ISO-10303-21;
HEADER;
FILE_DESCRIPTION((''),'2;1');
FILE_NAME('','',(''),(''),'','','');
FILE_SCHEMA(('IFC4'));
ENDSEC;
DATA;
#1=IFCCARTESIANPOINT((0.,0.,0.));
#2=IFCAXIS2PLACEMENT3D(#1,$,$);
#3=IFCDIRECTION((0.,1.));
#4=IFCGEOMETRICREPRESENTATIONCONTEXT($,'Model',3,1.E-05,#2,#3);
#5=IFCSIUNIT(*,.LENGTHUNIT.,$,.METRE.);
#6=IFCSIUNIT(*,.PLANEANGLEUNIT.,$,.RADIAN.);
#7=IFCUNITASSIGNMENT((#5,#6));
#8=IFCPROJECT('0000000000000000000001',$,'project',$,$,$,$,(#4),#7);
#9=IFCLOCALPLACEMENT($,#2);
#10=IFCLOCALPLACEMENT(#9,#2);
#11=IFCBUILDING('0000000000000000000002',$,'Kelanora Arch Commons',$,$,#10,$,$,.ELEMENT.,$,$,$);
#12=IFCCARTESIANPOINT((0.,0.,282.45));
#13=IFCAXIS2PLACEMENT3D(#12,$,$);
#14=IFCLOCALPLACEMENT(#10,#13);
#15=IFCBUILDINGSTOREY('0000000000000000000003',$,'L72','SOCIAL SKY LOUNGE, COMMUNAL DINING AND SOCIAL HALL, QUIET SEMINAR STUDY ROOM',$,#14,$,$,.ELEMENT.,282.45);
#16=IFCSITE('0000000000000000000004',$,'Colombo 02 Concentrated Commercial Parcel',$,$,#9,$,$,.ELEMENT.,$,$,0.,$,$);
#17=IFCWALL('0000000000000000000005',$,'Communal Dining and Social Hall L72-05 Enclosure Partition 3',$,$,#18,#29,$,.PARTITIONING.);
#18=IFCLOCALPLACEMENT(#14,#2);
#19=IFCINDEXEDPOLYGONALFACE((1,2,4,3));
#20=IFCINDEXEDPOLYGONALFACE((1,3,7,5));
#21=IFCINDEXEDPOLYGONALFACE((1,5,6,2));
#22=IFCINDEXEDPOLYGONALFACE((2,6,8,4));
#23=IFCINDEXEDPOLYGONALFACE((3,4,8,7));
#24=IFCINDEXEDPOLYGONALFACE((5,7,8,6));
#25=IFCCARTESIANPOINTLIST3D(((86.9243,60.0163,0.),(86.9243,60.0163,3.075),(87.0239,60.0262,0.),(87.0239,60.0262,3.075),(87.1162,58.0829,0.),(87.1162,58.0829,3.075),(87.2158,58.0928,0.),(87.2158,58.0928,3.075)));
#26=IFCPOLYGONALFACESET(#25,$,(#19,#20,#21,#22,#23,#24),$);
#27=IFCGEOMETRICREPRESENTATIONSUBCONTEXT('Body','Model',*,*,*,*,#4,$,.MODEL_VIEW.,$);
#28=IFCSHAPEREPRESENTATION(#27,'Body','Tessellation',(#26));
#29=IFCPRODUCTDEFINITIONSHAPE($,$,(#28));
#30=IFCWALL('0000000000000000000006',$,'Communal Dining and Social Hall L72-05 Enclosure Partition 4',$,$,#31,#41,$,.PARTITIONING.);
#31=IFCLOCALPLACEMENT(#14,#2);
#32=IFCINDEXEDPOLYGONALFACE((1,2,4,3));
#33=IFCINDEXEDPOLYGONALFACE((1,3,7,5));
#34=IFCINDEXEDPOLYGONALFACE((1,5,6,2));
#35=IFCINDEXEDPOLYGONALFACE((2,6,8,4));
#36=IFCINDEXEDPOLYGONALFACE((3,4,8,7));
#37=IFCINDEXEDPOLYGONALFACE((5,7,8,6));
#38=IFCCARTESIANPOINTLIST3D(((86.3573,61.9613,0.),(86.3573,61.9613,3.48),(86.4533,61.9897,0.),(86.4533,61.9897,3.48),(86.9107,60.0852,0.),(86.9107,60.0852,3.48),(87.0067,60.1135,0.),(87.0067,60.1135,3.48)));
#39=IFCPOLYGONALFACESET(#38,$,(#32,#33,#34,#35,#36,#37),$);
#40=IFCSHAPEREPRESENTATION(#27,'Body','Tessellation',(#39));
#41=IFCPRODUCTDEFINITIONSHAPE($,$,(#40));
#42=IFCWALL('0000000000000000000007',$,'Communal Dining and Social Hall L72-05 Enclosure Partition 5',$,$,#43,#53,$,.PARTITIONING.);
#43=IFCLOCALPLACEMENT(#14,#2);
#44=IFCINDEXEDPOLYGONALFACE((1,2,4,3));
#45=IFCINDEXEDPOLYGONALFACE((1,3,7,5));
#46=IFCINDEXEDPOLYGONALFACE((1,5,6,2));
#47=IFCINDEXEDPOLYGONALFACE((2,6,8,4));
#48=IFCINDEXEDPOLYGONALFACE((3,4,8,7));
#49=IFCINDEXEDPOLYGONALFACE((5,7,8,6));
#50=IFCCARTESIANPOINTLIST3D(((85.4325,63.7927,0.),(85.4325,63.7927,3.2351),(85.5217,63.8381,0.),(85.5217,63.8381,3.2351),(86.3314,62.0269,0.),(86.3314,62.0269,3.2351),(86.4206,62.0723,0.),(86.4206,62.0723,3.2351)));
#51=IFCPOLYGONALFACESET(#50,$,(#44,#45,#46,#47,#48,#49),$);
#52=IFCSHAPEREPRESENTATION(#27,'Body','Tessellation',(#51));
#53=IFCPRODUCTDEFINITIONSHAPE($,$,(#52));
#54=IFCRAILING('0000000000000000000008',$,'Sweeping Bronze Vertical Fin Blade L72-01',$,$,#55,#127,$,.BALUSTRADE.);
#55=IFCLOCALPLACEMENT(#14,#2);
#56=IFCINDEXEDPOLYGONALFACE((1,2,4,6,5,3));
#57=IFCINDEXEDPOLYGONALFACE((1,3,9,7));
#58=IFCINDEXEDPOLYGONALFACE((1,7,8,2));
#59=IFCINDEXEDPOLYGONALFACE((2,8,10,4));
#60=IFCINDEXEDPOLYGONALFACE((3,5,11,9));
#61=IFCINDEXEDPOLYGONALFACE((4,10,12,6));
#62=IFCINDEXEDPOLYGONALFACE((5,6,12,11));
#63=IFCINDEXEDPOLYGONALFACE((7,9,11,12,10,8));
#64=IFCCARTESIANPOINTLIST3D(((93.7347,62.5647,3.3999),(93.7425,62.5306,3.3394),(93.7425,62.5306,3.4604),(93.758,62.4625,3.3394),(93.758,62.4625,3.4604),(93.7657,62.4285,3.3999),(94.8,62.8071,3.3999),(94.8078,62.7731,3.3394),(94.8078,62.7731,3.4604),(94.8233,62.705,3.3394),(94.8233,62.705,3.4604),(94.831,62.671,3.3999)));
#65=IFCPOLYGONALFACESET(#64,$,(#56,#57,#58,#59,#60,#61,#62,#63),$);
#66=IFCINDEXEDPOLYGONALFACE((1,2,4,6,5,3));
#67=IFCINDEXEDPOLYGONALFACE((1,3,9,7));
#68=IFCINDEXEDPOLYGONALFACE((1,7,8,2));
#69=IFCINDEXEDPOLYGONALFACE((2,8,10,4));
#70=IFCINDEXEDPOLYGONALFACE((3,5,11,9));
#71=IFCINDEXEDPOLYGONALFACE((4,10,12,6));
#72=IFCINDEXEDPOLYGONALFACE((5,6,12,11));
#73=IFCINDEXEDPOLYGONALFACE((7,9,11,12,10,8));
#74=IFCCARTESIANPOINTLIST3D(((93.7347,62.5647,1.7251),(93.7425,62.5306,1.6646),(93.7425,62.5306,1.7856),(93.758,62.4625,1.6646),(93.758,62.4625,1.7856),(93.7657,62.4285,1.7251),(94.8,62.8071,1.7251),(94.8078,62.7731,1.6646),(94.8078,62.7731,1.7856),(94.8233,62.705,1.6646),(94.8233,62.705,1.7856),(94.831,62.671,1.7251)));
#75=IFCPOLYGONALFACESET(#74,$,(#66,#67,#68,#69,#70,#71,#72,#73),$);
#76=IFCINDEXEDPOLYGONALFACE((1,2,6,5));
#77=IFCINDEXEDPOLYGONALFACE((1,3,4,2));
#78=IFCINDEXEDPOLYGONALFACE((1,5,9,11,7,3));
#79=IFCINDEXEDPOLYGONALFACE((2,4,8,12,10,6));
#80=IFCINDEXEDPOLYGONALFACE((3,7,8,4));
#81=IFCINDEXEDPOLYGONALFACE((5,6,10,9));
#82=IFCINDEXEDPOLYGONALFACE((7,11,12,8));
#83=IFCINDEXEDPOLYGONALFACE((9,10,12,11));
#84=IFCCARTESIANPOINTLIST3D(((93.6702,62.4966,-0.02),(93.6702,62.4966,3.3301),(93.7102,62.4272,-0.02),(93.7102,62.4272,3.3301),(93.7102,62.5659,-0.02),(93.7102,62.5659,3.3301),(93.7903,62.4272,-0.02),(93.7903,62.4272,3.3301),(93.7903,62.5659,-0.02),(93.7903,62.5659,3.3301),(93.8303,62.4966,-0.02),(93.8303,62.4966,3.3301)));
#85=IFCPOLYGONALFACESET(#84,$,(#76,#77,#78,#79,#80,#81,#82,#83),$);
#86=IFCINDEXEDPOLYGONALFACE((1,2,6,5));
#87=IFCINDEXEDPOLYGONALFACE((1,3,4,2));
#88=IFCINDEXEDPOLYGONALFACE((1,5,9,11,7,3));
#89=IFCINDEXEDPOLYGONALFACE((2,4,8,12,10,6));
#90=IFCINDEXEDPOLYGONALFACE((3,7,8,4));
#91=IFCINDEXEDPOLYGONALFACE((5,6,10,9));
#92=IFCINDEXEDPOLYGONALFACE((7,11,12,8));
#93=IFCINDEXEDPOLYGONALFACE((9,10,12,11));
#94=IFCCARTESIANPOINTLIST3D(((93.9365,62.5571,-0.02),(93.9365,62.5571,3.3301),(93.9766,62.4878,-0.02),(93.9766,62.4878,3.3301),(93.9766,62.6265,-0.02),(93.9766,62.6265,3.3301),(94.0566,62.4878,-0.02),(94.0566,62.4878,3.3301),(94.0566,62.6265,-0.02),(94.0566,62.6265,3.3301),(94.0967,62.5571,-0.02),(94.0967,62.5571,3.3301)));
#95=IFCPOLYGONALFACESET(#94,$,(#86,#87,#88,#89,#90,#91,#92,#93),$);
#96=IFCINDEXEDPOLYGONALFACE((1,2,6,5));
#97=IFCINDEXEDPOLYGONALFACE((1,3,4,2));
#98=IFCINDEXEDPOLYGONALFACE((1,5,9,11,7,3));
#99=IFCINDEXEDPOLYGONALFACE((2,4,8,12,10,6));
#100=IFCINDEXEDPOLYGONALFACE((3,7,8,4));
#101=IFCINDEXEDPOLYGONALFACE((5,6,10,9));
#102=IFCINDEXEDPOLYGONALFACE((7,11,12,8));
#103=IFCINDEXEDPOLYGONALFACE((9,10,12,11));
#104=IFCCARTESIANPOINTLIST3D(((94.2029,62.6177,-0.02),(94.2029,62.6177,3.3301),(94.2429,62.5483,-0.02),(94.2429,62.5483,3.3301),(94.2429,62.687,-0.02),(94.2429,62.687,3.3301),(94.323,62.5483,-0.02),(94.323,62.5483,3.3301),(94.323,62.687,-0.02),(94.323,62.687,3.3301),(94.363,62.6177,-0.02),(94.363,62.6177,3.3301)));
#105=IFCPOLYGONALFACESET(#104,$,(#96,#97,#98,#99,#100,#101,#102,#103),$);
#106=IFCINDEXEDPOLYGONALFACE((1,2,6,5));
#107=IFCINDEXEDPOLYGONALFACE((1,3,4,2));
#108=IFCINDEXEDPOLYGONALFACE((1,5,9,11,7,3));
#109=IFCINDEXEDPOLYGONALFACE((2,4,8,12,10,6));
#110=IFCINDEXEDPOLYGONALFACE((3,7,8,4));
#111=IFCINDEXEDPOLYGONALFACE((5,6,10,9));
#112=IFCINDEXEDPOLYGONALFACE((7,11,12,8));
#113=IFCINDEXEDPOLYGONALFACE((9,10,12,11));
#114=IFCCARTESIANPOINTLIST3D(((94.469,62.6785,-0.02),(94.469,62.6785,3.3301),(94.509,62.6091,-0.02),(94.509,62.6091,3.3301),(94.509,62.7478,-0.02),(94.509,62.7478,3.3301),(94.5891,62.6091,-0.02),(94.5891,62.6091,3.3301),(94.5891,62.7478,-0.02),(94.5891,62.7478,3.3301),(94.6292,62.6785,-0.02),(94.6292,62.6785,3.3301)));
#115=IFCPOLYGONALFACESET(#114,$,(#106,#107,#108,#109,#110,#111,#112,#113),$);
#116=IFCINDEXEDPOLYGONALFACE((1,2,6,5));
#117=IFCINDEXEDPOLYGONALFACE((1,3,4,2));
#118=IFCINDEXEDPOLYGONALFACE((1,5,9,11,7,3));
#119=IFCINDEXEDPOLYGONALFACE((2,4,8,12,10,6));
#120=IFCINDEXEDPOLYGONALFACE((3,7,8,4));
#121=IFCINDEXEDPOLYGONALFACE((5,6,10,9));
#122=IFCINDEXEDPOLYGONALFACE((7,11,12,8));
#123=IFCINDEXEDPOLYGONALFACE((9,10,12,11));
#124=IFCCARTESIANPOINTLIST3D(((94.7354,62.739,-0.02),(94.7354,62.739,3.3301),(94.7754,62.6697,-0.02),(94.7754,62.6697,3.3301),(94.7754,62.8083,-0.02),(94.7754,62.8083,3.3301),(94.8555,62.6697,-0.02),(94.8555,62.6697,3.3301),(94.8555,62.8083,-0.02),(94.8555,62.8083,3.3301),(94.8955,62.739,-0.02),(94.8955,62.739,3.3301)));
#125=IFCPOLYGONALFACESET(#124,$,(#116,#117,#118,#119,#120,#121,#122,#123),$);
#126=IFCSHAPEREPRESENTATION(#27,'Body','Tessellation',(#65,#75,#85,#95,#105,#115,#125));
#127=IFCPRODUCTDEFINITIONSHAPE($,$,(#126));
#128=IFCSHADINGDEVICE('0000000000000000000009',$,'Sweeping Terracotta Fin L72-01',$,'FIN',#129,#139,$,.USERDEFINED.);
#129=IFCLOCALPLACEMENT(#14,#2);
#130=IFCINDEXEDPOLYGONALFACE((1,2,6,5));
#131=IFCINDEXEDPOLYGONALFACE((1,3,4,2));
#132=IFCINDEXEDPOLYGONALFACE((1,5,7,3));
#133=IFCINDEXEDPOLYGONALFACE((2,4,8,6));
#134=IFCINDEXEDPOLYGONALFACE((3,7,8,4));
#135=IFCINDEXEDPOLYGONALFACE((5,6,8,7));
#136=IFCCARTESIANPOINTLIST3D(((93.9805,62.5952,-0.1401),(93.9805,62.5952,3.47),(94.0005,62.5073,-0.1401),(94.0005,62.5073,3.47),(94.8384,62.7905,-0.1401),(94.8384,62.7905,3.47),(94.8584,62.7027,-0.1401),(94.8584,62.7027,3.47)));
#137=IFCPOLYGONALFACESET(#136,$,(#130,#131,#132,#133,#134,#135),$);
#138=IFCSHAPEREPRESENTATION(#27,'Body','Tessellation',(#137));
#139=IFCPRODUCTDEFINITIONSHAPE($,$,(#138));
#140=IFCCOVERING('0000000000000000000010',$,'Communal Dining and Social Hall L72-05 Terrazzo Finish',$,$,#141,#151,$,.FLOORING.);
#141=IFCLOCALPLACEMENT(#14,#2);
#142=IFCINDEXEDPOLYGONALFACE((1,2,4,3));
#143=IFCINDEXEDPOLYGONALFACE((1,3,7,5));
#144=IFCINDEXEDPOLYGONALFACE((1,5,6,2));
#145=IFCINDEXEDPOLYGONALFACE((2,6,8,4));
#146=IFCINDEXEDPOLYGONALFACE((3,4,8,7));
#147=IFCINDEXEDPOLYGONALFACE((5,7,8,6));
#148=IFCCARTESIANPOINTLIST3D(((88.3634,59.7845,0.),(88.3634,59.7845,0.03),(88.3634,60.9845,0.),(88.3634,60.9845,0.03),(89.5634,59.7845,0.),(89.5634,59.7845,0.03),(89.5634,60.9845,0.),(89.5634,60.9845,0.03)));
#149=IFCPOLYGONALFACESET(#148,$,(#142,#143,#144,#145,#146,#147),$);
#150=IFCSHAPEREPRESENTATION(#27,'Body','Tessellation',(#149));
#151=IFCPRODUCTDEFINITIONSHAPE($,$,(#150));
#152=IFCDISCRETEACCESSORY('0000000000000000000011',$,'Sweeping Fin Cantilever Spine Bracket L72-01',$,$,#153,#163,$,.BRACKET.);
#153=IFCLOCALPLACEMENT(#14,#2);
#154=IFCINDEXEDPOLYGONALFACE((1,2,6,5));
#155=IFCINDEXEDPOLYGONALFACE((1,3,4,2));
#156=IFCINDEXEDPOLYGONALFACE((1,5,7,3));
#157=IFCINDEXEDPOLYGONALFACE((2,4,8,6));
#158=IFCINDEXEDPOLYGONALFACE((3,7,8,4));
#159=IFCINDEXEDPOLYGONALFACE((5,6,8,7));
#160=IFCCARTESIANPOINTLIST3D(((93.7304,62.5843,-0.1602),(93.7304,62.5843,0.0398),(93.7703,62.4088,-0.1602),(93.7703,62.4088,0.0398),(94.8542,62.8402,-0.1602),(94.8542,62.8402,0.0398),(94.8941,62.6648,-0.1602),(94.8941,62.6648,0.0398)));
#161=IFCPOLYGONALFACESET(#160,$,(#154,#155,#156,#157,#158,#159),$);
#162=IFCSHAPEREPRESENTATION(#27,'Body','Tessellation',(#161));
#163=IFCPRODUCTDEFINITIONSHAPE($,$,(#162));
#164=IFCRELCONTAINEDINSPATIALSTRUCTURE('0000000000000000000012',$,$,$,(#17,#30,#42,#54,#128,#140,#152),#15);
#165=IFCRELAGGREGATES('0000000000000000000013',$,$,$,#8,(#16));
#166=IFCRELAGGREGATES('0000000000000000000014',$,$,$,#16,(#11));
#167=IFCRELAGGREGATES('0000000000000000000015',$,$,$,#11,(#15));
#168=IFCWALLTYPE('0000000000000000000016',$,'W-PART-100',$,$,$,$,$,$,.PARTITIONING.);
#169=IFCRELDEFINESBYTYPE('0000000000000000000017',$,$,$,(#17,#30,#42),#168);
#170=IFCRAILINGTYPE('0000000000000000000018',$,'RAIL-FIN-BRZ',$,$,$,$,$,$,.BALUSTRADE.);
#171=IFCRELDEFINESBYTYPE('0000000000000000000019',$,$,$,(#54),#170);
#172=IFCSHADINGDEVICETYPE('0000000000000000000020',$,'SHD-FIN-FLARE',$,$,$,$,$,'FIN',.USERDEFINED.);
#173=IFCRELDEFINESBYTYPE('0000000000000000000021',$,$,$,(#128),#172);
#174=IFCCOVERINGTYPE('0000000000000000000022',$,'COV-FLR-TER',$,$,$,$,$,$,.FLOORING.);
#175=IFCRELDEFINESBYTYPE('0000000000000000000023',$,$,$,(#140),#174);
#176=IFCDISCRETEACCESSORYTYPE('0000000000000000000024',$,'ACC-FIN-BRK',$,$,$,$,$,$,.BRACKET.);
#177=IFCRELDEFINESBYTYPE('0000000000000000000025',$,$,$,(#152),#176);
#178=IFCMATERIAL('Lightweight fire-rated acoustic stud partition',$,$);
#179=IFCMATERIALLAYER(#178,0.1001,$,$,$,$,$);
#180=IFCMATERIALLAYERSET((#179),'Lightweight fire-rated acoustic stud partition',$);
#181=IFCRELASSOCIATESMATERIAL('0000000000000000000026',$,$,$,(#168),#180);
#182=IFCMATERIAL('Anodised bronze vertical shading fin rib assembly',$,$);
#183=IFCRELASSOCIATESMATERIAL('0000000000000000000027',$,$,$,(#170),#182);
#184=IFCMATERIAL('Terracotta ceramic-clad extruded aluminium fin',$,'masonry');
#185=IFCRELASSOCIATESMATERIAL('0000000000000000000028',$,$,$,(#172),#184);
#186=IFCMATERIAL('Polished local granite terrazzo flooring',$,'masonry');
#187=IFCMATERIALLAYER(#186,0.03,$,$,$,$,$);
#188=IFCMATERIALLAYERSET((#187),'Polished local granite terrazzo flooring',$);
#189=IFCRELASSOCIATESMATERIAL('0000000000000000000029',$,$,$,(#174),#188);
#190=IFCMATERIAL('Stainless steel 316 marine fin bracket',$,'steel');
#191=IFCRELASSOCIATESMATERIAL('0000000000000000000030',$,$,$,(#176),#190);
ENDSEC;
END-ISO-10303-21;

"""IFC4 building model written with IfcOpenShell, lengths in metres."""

from ifc_helpers import new_model, si_unit, direction, frame, frame_2d, origin, origin_2d, place, context, subcontext, project, spatial, polyline, rectangle, outline, extrude, source, transform, mapped, material, layer, layer_set, type_object, element, save


model = new_model("IFC4")

# Units and contexts
model_context = context("Model", 3, precision=1e-05, world=origin(), true_north=direction((0.0, 1.0)))
body_context = subcontext(model_context, "Body", "Model", "MODEL_VIEW")
ifc_project = project(units=[si_unit("LENGTHUNIT", "METRE"), si_unit("PLANEANGLEUNIT", "RADIAN")], contexts=[model_context])

# Site, building, storey
site_placement = place(None, origin())
site = spatial("IfcSite", under=ifc_project, at=site_placement, Name="Colombo 02 Concentrated Commercial Parcel", CompositionType="ELEMENT", RefElevation=0.0)
building_placement = place(site_placement, origin())
building = spatial("IfcBuilding", under=site, at=building_placement, Name="Kelanora Arch Commons", CompositionType="ELEMENT")
storey_placement = place(building_placement, frame((0.0, 0.0, 282.45)))
storey = spatial("IfcBuildingStorey", under=building, at=storey_placement, Name="L72", Description="SOCIAL SKY LOUNGE, COMMUNAL DINING AND SOCIAL HALL, QUIET SEMINAR STUDY ROOM", CompositionType="ELEMENT", Elevation=282.45)

# Walls
ifc_material_1 = material(Name="Lightweight fire-rated acoustic stud partition")
ifc_layer_1 = layer(ifc_material_1, 0.1001)
ifc_layer_set_1 = layer_set([ifc_layer_1], Name="Lightweight fire-rated acoustic stud partition")
wall_type = type_object("IfcWallType", Name="W-PART-100", PredefinedType="PARTITIONING", material=ifc_layer_set_1)
wall_1_placement = place(storey_placement, frame((87.166, 58.0879, 0.0), z_axis=(0.0, 0.0, 1.0), x_axis=(-0.09877, 0.99511, 0.0)))
element("IfcWall", 1, at=wall_1_placement, inside=storey, type_object=wall_type, Name="Communal Dining and Social Hall L72-05 Enclosure Partition 3", PredefinedType="PARTITIONING", context=body_context, shape_type="SweptSolid", body=[
    extrude(rectangle(XDim=1.9429, YDim=0.1001, at=frame_2d((0.9714, 0.0))), origin(), (0.0, 0.0, 1.0), 3.075),
])
wall_2_placement = place(storey_placement, frame((86.9587, 60.0994, 0.0), z_axis=(0.0, 0.0, 1.0), x_axis=(-0.282937, 0.959139, 0.0)))
element("IfcWall", 2, at=wall_2_placement, inside=storey, type_object=wall_type, Name="Communal Dining and Social Hall L72-05 Enclosure Partition 4", PredefinedType="PARTITIONING", context=body_context, shape_type="SweptSolid", body=[
    extrude(rectangle(XDim=1.9561, YDim=0.1001, at=frame_2d((0.978, 0.0))), origin(), (0.0, 0.0, 1.0), 3.48),
])
wall_3_placement = place(storey_placement, frame((86.376, 62.0496, 0.0), z_axis=(0.0, 0.0, 1.0), x_axis=(-0.453658, 0.891176, 0.0)))
element("IfcWall", 3, at=wall_3_placement, inside=storey, type_object=wall_type, Name="Communal Dining and Social Hall L72-05 Enclosure Partition 5", PredefinedType="PARTITIONING", context=body_context, shape_type="SweptSolid", body=[
    extrude(rectangle(XDim=1.9814, YDim=0.1001, at=frame_2d((0.9907, 0.0))), origin(), (0.0, 0.0, 1.0), 3.2351),
])

# Railing
ifc_material_2 = material(Name="Anodised bronze vertical shading fin rib assembly")
railing_type_1 = type_object("IfcRailingType", Name="RAIL-FIN-BRZ", PredefinedType="BALUSTRADE", material=ifc_material_2)
railing_1_placement = place(storey_placement, frame((93.7502, 62.4966, -0.02)))
element("IfcRailing", 4, at=railing_1_placement, inside=storey, type_object=railing_type_1, Name="Sweeping Bronze Vertical Fin Blade L72-01", PredefinedType="BALUSTRADE", context=body_context, shape_type="SweptSolid", body=[
    extrude(outline(polyline([(0.0698, 0.0), (0.0349, 0.0605), (-0.0349, 0.0605), (-0.0698, 0.0), (-0.0349, -0.0605), (0.0349, -0.0605), (0.0698, 0.0)])), frame((0.0, 0.0, 3.4199), z_axis=(0.975065, 0.221921, 0.0), x_axis=(-0.221921, 0.975065, 0.0)), (0.0, 0.0, 1.0), 1.0925),
    extrude(outline(polyline([(0.0698, 0.0), (0.0349, 0.0605), (-0.0349, 0.0605), (-0.0698, 0.0), (-0.0349, -0.0605), (0.0349, -0.0605), (0.0698, 0.0)])), frame((0.0, 0.0, 1.7451), z_axis=(0.975065, 0.221921, 0.0), x_axis=(-0.221921, 0.975065, 0.0)), (0.0, 0.0, 1.0), 1.0925),
    extrude(outline(polyline([(0.0801, 0.0), (0.04, 0.0693), (-0.04, 0.0693), (-0.0801, 0.0), (-0.04, -0.0693), (0.04, -0.0693), (0.0801, 0.0)])), origin(), (0.0, 0.0, 1.0), 3.3501),
    extrude(outline(polyline([(0.0801, 0.0), (0.04, 0.0693), (-0.04, 0.0693), (-0.0801, 0.0), (-0.04, -0.0693), (0.04, -0.0693), (0.0801, 0.0)])), frame((0.2664, 0.0605, 0.0)), (0.0, 0.0, 1.0), 3.3501),
    extrude(outline(polyline([(0.0801, 0.0), (0.04, 0.0693), (-0.04, 0.0693), (-0.0801, 0.0), (-0.04, -0.0693), (0.04, -0.0693), (0.0801, 0.0)])), frame((0.5327, 0.1211, 0.0)), (0.0, 0.0, 1.0), 3.3501),
    extrude(outline(polyline([(0.0801, 0.0), (0.04, 0.0693), (-0.04, 0.0693), (-0.0801, 0.0), (-0.04, -0.0693), (0.04, -0.0693), (0.0801, 0.0)])), frame((0.7988, 0.1819, 0.0)), (0.0, 0.0, 1.0), 3.3501),
    extrude(outline(polyline([(0.0801, 0.0), (0.04, 0.0693), (-0.04, 0.0693), (-0.0801, 0.0), (-0.04, -0.0693), (0.04, -0.0693), (0.0801, 0.0)])), frame((1.0652, 0.2424, 0.0)), (0.0, 0.0, 1.0), 3.3501),
])

# Shading device
ifc_material_3 = material(Name="Terracotta ceramic-clad extruded aluminium fin", Category="masonry")
shading_device_type = type_object("IfcShadingDeviceType", Name="SHD-FIN-FLARE", ElementType="FIN", PredefinedType="USERDEFINED", material=ifc_material_3)
shared_shape_1 = source(origin(), body_context, "Body", "SweptSolid", [
    extrude(rectangle(XDim=0.8799, YDim=0.0901, at=origin_2d()), origin(), (0.0, 0.0, 1.0), 3.6101),
])
shading_device_placement = place(storey_placement, frame((94.4194, 62.6489, -0.1401), z_axis=(0.0, 0.0, 1.0), x_axis=(0.975033, 0.222059, 0.0)))
element("IfcShadingDevice", 5, at=shading_device_placement, inside=storey, type_object=shading_device_type, Name="Sweeping Terracotta Fin L72-01", ObjectType="FIN", PredefinedType="USERDEFINED", context=body_context, shape_type="MappedRepresentation", body=[
    mapped(shared_shape_1, transform((0.0, 0.0, 0.0), scale=1.0)),
])

# Covering
ifc_material_4 = material(Name="Polished local granite terrazzo flooring", Category="masonry")
ifc_layer_2 = layer(ifc_material_4, 0.03)
ifc_layer_set_2 = layer_set([ifc_layer_2], Name="Polished local granite terrazzo flooring")
covering_type = type_object("IfcCoveringType", Name="COV-FLR-TER", PredefinedType="FLOORING", material=ifc_layer_set_2)
shared_shape_2 = source(origin(), body_context, "Body", "SweptSolid", [
    extrude(rectangle(XDim=1.2, YDim=1.2, at=origin_2d()), origin(), (0.0, 0.0, 1.0), 0.03),
])
covering_placement = place(storey_placement, frame((88.9634, 60.3845, 0.0), z_axis=(0.0, 0.0, 1.0), x_axis=(1.0, 0.0, 0.0)))
element("IfcCovering", 6, at=covering_placement, inside=storey, type_object=covering_type, Name="Communal Dining and Social Hall L72-05 Terrazzo Finish", PredefinedType="FLOORING", context=body_context, shape_type="MappedRepresentation", body=[
    mapped(shared_shape_2, transform((0.0, 0.0, 0.0), scale=1.0)),
])

# Discrete accessory
ifc_material_5 = material(Name="Stainless steel 316 marine fin bracket", Category="steel")
discrete_accessory_type = type_object("IfcDiscreteAccessoryType", Name="ACC-FIN-BRK", PredefinedType="BRACKET", material=ifc_material_5)
shared_shape_3 = source(origin(), body_context, "Body", "SweptSolid", [
    extrude(rectangle(XDim=1.1526, YDim=0.1799, at=origin_2d()), origin(), (0.0, 0.0, 1.0), 0.2),
])
discrete_accessory_placement = place(storey_placement, frame((94.3123, 62.6245, -0.1602), z_axis=(0.0, 0.0, 1.0), x_axis=(0.975033, 0.222059, 0.0)))
element("IfcDiscreteAccessory", 7, at=discrete_accessory_placement, inside=storey, type_object=discrete_accessory_type, Name="Sweeping Fin Cantilever Spine Bracket L72-01", PredefinedType="BRACKET", context=body_context, shape_type="MappedRepresentation", body=[
    mapped(shared_shape_3, transform((0.0, 0.0, 0.0), scale=1.0)),
])

save(model, "model.ifc")
